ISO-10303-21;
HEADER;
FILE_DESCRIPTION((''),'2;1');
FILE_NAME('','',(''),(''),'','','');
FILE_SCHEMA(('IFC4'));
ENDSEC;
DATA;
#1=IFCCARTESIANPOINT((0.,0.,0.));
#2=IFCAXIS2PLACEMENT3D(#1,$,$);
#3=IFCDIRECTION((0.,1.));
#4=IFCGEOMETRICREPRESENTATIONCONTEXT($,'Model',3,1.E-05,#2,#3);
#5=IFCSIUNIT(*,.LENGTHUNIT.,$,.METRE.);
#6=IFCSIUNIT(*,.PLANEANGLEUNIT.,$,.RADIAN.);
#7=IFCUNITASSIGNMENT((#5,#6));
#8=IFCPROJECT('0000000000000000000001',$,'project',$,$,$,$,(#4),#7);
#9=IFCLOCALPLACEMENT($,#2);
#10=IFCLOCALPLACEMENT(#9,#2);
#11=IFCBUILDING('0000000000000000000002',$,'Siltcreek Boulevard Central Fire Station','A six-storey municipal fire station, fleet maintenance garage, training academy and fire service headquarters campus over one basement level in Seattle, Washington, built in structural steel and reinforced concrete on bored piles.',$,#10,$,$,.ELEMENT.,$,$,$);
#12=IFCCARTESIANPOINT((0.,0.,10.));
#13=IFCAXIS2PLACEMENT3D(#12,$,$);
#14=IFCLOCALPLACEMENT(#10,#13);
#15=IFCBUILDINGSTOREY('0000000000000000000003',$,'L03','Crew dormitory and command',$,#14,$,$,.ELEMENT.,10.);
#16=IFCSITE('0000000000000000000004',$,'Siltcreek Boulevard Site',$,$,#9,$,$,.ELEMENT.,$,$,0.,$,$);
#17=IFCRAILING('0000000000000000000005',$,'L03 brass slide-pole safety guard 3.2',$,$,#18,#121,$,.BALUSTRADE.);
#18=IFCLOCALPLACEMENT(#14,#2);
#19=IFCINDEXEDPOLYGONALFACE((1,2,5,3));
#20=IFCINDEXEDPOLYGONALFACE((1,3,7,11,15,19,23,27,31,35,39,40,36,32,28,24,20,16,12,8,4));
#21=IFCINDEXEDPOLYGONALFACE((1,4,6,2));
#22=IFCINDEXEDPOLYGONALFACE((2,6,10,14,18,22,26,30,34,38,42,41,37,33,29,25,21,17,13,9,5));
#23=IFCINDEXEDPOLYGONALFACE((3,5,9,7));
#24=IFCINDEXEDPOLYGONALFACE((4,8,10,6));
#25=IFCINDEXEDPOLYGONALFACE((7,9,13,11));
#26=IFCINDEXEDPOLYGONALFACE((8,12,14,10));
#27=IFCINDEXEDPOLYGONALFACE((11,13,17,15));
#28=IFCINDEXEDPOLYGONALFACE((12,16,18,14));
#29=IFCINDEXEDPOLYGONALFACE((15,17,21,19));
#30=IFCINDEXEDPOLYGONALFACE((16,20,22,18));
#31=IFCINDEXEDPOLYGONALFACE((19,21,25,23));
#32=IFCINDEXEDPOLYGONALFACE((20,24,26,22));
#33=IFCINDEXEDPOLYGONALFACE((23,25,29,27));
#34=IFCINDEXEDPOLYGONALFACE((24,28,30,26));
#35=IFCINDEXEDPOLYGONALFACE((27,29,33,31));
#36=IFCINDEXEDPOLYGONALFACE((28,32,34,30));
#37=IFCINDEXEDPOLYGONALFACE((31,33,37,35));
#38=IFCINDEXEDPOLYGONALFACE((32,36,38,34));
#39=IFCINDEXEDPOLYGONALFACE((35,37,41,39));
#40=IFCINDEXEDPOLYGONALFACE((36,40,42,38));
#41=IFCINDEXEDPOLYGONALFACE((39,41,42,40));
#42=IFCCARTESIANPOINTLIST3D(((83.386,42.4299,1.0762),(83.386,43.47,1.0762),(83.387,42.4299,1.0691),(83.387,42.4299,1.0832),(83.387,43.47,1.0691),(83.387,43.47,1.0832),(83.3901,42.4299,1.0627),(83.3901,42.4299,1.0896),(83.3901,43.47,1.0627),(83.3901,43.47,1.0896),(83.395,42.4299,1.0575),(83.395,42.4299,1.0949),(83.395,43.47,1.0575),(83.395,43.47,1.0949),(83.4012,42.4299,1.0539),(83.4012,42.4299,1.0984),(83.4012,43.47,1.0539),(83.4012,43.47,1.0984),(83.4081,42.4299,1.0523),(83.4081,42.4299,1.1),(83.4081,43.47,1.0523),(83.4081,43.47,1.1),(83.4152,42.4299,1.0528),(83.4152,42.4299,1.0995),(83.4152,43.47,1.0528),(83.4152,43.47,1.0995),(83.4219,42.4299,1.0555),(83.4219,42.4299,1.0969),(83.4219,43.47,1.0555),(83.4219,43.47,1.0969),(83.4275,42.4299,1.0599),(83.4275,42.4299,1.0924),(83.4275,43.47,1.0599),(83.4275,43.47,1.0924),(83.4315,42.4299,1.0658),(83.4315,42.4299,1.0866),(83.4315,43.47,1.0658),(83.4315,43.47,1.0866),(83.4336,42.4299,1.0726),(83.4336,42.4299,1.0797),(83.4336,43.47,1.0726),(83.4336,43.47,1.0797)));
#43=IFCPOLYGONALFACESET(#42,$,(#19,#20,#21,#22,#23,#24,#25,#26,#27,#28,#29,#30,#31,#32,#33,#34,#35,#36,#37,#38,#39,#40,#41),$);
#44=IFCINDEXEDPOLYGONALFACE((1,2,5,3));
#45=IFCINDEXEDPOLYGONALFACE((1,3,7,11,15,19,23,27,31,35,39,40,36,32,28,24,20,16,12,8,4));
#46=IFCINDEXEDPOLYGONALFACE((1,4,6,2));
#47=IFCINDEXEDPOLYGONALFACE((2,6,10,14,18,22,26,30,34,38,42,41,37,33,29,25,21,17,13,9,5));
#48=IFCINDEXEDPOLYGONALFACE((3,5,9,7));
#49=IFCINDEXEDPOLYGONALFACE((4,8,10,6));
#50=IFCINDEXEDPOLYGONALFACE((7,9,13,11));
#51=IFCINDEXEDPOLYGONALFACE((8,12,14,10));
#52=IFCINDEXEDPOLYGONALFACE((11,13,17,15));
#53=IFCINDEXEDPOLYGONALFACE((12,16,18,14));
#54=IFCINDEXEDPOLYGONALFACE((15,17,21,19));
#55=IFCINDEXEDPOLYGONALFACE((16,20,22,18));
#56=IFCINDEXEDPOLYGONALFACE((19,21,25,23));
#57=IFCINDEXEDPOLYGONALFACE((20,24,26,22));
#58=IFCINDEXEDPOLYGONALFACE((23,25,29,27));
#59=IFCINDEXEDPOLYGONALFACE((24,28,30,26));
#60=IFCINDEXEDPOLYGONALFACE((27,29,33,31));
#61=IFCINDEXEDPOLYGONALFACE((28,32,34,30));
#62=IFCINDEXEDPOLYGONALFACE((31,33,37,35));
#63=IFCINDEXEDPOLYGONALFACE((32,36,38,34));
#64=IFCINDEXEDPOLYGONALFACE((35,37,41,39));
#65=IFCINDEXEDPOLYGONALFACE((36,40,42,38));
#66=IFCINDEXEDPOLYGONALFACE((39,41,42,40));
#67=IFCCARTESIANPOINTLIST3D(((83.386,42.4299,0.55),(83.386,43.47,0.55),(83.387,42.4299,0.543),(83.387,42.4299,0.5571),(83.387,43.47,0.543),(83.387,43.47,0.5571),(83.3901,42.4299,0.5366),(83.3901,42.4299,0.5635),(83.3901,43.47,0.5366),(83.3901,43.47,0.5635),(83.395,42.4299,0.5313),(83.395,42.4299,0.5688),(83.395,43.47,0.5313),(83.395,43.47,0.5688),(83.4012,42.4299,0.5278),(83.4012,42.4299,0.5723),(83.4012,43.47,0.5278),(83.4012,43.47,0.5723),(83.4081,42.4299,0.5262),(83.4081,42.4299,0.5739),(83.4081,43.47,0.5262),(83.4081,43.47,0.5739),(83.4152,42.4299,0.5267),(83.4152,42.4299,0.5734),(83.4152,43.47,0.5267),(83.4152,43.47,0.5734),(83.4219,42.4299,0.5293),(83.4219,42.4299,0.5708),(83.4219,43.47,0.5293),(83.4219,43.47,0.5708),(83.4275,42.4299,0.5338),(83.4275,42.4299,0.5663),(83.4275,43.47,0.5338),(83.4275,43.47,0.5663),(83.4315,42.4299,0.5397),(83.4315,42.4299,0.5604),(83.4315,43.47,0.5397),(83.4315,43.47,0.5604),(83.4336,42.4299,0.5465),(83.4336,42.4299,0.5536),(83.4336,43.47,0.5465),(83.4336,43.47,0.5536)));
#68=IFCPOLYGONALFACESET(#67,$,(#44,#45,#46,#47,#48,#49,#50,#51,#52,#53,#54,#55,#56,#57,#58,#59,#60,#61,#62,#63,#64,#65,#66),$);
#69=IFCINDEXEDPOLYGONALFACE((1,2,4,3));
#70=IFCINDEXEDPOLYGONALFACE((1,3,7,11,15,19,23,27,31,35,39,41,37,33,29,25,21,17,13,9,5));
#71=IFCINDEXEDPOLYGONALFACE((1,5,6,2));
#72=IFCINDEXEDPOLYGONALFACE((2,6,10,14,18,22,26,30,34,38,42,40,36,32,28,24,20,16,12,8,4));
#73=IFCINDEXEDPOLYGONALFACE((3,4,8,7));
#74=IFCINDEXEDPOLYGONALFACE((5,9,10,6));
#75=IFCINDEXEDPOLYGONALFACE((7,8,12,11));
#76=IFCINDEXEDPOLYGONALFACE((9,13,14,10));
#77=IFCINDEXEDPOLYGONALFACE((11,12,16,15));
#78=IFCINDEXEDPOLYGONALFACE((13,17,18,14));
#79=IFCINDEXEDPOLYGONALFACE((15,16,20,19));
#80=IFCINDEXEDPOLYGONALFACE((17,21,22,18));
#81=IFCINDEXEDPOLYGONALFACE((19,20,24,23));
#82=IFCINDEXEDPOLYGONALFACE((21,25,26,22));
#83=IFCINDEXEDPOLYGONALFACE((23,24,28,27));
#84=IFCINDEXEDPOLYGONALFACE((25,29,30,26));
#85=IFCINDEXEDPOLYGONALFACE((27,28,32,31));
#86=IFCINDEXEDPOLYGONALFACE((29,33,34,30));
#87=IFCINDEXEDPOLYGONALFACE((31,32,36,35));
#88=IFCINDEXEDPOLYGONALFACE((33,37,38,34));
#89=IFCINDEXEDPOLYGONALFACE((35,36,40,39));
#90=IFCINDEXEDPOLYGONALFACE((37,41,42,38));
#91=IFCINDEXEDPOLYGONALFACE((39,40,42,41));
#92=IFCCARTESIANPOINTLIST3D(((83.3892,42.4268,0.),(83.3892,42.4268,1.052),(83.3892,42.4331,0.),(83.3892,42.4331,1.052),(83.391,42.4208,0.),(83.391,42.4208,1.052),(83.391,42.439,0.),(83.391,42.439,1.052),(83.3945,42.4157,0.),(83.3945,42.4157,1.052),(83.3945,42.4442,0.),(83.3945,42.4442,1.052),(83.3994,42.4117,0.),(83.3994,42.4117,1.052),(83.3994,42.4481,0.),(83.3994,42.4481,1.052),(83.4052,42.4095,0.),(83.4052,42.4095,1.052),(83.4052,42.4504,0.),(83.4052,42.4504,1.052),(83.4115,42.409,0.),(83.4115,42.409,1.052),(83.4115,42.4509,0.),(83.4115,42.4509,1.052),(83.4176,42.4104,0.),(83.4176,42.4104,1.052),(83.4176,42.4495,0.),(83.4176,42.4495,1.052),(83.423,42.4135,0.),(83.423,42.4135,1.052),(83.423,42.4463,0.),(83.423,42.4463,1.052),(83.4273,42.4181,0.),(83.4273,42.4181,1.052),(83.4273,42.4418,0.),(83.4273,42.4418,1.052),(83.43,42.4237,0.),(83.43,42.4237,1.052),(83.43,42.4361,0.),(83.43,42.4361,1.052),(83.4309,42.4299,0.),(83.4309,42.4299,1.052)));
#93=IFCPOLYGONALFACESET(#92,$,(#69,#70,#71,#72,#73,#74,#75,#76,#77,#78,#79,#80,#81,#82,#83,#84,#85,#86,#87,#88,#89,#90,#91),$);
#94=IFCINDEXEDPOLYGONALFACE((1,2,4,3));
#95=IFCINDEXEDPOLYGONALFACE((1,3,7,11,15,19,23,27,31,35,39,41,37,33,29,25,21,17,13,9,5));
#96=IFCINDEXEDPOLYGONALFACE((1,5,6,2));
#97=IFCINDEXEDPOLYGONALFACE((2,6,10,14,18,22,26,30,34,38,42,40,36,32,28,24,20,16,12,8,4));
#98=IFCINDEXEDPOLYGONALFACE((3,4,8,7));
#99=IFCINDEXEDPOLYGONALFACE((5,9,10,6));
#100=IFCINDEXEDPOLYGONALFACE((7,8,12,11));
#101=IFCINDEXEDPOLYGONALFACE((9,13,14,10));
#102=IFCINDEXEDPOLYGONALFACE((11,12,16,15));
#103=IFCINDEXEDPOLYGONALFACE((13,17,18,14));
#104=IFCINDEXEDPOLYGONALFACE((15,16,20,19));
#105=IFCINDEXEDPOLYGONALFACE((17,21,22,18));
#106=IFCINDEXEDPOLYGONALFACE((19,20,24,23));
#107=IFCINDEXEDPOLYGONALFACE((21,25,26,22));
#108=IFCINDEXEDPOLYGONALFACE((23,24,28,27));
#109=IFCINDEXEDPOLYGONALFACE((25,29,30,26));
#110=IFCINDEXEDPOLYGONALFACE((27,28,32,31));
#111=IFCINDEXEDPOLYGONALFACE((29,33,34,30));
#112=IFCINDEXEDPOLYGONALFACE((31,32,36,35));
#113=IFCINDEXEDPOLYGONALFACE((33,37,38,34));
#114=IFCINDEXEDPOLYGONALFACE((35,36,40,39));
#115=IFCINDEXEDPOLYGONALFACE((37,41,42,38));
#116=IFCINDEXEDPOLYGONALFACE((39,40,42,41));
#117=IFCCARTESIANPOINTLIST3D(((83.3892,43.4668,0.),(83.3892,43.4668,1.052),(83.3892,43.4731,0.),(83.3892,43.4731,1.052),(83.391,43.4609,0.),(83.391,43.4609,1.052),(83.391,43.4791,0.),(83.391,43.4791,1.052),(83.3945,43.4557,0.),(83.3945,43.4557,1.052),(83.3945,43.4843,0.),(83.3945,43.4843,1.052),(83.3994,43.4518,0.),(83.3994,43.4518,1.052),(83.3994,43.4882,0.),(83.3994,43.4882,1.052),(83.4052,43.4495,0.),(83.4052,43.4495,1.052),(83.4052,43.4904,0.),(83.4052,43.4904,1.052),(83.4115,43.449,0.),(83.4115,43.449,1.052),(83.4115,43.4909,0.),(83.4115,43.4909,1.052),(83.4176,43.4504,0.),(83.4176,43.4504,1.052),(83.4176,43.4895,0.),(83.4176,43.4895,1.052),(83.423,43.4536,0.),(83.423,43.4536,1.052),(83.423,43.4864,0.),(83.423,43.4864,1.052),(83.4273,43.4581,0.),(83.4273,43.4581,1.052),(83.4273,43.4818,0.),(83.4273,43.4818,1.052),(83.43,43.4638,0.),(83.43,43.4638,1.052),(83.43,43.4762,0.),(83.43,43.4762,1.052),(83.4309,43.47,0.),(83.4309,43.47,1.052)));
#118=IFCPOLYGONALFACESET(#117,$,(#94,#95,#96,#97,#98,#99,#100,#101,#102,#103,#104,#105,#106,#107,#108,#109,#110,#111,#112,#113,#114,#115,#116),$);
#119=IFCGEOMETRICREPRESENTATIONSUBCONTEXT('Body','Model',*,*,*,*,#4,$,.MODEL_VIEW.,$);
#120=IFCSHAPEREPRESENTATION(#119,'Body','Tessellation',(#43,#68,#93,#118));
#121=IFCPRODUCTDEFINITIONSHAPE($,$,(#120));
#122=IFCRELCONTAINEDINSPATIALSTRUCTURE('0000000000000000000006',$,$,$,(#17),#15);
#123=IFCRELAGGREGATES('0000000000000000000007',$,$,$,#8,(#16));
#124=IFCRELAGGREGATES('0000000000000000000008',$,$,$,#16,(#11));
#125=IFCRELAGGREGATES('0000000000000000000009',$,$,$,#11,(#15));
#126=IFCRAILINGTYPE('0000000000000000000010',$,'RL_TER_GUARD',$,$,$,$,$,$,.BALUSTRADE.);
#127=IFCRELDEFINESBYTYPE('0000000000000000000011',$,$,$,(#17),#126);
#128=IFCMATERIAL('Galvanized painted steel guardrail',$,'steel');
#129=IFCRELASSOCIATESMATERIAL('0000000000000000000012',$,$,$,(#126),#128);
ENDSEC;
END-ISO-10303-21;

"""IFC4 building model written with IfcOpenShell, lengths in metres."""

from ifc_helpers import new_model, si_unit, direction, frame, origin, origin_2d, place, context, subcontext, project, spatial, circle, extrude, material, type_object, element, save


model = new_model("IFC4")

# Units and contexts
model_context = context("Model", 3, precision=1e-05, world=origin(), true_north=direction((0.0, 1.0)))
body_context = subcontext(model_context, "Body", "Model", "MODEL_VIEW")
ifc_project = project(units=[si_unit("LENGTHUNIT", "METRE"), si_unit("PLANEANGLEUNIT", "RADIAN")], contexts=[model_context])

# Site, building, storey
site_placement = place(None, origin())
site = spatial("IfcSite", under=ifc_project, at=site_placement, Name="Siltcreek Boulevard Site", CompositionType="ELEMENT", RefElevation=0.0)
building_placement = place(site_placement, origin())
building = spatial("IfcBuilding", under=site, at=building_placement, Name="Siltcreek Boulevard Central Fire Station", Description="A six-storey municipal fire station, fleet maintenance garage, training academy and fire service headquarters campus over one basement level in Seattle, Washington, built in structural steel and reinforced concrete on bored piles.", CompositionType="ELEMENT")
storey_placement = place(building_placement, frame((0.0, 0.0, 10.0)))
storey = spatial("IfcBuildingStorey", under=building, at=storey_placement, Name="L03", Description="Crew dormitory and command", CompositionType="ELEMENT", Elevation=10.0)

# Railing
ifc_material_1 = material(Name="Galvanized painted steel guardrail", Category="steel")
railing_type = type_object("IfcRailingType", Name="RL_TER_GUARD", PredefinedType="BALUSTRADE", material=ifc_material_1)
railing_1_placement = place(storey_placement, frame((83.4099, 42.4299, 0.0)))
element("IfcRailing", 1, at=railing_1_placement, inside=storey, type_object=railing_type, Name="L03 brass slide-pole safety guard 3.2", PredefinedType="BALUSTRADE", context=body_context, shape_type="SweptSolid", body=[
    extrude(circle(Radius=0.0239, at=origin_2d()), frame((0.0, 0.0, 1.0762), z_axis=(0.0, 1.0, 0.0), x_axis=(-1.0, 0.0, 0.0)), (0.0, 0.0, 1.0), 1.04),
    extrude(circle(Radius=0.0239, at=origin_2d()), frame((0.0, 0.0, 0.55), z_axis=(0.0, 1.0, 0.0), x_axis=(-1.0, 0.0, 0.0)), (0.0, 0.0, 1.0), 1.04),
    extrude(circle(Radius=0.021, at=origin_2d()), origin(), (0.0, 0.0, 1.0), 1.052),
    extrude(circle(Radius=0.021, at=origin_2d()), frame((0.0, 1.04, 0.0)), (0.0, 0.0, 1.0), 1.052),
])

save(model, "model.ifc")
